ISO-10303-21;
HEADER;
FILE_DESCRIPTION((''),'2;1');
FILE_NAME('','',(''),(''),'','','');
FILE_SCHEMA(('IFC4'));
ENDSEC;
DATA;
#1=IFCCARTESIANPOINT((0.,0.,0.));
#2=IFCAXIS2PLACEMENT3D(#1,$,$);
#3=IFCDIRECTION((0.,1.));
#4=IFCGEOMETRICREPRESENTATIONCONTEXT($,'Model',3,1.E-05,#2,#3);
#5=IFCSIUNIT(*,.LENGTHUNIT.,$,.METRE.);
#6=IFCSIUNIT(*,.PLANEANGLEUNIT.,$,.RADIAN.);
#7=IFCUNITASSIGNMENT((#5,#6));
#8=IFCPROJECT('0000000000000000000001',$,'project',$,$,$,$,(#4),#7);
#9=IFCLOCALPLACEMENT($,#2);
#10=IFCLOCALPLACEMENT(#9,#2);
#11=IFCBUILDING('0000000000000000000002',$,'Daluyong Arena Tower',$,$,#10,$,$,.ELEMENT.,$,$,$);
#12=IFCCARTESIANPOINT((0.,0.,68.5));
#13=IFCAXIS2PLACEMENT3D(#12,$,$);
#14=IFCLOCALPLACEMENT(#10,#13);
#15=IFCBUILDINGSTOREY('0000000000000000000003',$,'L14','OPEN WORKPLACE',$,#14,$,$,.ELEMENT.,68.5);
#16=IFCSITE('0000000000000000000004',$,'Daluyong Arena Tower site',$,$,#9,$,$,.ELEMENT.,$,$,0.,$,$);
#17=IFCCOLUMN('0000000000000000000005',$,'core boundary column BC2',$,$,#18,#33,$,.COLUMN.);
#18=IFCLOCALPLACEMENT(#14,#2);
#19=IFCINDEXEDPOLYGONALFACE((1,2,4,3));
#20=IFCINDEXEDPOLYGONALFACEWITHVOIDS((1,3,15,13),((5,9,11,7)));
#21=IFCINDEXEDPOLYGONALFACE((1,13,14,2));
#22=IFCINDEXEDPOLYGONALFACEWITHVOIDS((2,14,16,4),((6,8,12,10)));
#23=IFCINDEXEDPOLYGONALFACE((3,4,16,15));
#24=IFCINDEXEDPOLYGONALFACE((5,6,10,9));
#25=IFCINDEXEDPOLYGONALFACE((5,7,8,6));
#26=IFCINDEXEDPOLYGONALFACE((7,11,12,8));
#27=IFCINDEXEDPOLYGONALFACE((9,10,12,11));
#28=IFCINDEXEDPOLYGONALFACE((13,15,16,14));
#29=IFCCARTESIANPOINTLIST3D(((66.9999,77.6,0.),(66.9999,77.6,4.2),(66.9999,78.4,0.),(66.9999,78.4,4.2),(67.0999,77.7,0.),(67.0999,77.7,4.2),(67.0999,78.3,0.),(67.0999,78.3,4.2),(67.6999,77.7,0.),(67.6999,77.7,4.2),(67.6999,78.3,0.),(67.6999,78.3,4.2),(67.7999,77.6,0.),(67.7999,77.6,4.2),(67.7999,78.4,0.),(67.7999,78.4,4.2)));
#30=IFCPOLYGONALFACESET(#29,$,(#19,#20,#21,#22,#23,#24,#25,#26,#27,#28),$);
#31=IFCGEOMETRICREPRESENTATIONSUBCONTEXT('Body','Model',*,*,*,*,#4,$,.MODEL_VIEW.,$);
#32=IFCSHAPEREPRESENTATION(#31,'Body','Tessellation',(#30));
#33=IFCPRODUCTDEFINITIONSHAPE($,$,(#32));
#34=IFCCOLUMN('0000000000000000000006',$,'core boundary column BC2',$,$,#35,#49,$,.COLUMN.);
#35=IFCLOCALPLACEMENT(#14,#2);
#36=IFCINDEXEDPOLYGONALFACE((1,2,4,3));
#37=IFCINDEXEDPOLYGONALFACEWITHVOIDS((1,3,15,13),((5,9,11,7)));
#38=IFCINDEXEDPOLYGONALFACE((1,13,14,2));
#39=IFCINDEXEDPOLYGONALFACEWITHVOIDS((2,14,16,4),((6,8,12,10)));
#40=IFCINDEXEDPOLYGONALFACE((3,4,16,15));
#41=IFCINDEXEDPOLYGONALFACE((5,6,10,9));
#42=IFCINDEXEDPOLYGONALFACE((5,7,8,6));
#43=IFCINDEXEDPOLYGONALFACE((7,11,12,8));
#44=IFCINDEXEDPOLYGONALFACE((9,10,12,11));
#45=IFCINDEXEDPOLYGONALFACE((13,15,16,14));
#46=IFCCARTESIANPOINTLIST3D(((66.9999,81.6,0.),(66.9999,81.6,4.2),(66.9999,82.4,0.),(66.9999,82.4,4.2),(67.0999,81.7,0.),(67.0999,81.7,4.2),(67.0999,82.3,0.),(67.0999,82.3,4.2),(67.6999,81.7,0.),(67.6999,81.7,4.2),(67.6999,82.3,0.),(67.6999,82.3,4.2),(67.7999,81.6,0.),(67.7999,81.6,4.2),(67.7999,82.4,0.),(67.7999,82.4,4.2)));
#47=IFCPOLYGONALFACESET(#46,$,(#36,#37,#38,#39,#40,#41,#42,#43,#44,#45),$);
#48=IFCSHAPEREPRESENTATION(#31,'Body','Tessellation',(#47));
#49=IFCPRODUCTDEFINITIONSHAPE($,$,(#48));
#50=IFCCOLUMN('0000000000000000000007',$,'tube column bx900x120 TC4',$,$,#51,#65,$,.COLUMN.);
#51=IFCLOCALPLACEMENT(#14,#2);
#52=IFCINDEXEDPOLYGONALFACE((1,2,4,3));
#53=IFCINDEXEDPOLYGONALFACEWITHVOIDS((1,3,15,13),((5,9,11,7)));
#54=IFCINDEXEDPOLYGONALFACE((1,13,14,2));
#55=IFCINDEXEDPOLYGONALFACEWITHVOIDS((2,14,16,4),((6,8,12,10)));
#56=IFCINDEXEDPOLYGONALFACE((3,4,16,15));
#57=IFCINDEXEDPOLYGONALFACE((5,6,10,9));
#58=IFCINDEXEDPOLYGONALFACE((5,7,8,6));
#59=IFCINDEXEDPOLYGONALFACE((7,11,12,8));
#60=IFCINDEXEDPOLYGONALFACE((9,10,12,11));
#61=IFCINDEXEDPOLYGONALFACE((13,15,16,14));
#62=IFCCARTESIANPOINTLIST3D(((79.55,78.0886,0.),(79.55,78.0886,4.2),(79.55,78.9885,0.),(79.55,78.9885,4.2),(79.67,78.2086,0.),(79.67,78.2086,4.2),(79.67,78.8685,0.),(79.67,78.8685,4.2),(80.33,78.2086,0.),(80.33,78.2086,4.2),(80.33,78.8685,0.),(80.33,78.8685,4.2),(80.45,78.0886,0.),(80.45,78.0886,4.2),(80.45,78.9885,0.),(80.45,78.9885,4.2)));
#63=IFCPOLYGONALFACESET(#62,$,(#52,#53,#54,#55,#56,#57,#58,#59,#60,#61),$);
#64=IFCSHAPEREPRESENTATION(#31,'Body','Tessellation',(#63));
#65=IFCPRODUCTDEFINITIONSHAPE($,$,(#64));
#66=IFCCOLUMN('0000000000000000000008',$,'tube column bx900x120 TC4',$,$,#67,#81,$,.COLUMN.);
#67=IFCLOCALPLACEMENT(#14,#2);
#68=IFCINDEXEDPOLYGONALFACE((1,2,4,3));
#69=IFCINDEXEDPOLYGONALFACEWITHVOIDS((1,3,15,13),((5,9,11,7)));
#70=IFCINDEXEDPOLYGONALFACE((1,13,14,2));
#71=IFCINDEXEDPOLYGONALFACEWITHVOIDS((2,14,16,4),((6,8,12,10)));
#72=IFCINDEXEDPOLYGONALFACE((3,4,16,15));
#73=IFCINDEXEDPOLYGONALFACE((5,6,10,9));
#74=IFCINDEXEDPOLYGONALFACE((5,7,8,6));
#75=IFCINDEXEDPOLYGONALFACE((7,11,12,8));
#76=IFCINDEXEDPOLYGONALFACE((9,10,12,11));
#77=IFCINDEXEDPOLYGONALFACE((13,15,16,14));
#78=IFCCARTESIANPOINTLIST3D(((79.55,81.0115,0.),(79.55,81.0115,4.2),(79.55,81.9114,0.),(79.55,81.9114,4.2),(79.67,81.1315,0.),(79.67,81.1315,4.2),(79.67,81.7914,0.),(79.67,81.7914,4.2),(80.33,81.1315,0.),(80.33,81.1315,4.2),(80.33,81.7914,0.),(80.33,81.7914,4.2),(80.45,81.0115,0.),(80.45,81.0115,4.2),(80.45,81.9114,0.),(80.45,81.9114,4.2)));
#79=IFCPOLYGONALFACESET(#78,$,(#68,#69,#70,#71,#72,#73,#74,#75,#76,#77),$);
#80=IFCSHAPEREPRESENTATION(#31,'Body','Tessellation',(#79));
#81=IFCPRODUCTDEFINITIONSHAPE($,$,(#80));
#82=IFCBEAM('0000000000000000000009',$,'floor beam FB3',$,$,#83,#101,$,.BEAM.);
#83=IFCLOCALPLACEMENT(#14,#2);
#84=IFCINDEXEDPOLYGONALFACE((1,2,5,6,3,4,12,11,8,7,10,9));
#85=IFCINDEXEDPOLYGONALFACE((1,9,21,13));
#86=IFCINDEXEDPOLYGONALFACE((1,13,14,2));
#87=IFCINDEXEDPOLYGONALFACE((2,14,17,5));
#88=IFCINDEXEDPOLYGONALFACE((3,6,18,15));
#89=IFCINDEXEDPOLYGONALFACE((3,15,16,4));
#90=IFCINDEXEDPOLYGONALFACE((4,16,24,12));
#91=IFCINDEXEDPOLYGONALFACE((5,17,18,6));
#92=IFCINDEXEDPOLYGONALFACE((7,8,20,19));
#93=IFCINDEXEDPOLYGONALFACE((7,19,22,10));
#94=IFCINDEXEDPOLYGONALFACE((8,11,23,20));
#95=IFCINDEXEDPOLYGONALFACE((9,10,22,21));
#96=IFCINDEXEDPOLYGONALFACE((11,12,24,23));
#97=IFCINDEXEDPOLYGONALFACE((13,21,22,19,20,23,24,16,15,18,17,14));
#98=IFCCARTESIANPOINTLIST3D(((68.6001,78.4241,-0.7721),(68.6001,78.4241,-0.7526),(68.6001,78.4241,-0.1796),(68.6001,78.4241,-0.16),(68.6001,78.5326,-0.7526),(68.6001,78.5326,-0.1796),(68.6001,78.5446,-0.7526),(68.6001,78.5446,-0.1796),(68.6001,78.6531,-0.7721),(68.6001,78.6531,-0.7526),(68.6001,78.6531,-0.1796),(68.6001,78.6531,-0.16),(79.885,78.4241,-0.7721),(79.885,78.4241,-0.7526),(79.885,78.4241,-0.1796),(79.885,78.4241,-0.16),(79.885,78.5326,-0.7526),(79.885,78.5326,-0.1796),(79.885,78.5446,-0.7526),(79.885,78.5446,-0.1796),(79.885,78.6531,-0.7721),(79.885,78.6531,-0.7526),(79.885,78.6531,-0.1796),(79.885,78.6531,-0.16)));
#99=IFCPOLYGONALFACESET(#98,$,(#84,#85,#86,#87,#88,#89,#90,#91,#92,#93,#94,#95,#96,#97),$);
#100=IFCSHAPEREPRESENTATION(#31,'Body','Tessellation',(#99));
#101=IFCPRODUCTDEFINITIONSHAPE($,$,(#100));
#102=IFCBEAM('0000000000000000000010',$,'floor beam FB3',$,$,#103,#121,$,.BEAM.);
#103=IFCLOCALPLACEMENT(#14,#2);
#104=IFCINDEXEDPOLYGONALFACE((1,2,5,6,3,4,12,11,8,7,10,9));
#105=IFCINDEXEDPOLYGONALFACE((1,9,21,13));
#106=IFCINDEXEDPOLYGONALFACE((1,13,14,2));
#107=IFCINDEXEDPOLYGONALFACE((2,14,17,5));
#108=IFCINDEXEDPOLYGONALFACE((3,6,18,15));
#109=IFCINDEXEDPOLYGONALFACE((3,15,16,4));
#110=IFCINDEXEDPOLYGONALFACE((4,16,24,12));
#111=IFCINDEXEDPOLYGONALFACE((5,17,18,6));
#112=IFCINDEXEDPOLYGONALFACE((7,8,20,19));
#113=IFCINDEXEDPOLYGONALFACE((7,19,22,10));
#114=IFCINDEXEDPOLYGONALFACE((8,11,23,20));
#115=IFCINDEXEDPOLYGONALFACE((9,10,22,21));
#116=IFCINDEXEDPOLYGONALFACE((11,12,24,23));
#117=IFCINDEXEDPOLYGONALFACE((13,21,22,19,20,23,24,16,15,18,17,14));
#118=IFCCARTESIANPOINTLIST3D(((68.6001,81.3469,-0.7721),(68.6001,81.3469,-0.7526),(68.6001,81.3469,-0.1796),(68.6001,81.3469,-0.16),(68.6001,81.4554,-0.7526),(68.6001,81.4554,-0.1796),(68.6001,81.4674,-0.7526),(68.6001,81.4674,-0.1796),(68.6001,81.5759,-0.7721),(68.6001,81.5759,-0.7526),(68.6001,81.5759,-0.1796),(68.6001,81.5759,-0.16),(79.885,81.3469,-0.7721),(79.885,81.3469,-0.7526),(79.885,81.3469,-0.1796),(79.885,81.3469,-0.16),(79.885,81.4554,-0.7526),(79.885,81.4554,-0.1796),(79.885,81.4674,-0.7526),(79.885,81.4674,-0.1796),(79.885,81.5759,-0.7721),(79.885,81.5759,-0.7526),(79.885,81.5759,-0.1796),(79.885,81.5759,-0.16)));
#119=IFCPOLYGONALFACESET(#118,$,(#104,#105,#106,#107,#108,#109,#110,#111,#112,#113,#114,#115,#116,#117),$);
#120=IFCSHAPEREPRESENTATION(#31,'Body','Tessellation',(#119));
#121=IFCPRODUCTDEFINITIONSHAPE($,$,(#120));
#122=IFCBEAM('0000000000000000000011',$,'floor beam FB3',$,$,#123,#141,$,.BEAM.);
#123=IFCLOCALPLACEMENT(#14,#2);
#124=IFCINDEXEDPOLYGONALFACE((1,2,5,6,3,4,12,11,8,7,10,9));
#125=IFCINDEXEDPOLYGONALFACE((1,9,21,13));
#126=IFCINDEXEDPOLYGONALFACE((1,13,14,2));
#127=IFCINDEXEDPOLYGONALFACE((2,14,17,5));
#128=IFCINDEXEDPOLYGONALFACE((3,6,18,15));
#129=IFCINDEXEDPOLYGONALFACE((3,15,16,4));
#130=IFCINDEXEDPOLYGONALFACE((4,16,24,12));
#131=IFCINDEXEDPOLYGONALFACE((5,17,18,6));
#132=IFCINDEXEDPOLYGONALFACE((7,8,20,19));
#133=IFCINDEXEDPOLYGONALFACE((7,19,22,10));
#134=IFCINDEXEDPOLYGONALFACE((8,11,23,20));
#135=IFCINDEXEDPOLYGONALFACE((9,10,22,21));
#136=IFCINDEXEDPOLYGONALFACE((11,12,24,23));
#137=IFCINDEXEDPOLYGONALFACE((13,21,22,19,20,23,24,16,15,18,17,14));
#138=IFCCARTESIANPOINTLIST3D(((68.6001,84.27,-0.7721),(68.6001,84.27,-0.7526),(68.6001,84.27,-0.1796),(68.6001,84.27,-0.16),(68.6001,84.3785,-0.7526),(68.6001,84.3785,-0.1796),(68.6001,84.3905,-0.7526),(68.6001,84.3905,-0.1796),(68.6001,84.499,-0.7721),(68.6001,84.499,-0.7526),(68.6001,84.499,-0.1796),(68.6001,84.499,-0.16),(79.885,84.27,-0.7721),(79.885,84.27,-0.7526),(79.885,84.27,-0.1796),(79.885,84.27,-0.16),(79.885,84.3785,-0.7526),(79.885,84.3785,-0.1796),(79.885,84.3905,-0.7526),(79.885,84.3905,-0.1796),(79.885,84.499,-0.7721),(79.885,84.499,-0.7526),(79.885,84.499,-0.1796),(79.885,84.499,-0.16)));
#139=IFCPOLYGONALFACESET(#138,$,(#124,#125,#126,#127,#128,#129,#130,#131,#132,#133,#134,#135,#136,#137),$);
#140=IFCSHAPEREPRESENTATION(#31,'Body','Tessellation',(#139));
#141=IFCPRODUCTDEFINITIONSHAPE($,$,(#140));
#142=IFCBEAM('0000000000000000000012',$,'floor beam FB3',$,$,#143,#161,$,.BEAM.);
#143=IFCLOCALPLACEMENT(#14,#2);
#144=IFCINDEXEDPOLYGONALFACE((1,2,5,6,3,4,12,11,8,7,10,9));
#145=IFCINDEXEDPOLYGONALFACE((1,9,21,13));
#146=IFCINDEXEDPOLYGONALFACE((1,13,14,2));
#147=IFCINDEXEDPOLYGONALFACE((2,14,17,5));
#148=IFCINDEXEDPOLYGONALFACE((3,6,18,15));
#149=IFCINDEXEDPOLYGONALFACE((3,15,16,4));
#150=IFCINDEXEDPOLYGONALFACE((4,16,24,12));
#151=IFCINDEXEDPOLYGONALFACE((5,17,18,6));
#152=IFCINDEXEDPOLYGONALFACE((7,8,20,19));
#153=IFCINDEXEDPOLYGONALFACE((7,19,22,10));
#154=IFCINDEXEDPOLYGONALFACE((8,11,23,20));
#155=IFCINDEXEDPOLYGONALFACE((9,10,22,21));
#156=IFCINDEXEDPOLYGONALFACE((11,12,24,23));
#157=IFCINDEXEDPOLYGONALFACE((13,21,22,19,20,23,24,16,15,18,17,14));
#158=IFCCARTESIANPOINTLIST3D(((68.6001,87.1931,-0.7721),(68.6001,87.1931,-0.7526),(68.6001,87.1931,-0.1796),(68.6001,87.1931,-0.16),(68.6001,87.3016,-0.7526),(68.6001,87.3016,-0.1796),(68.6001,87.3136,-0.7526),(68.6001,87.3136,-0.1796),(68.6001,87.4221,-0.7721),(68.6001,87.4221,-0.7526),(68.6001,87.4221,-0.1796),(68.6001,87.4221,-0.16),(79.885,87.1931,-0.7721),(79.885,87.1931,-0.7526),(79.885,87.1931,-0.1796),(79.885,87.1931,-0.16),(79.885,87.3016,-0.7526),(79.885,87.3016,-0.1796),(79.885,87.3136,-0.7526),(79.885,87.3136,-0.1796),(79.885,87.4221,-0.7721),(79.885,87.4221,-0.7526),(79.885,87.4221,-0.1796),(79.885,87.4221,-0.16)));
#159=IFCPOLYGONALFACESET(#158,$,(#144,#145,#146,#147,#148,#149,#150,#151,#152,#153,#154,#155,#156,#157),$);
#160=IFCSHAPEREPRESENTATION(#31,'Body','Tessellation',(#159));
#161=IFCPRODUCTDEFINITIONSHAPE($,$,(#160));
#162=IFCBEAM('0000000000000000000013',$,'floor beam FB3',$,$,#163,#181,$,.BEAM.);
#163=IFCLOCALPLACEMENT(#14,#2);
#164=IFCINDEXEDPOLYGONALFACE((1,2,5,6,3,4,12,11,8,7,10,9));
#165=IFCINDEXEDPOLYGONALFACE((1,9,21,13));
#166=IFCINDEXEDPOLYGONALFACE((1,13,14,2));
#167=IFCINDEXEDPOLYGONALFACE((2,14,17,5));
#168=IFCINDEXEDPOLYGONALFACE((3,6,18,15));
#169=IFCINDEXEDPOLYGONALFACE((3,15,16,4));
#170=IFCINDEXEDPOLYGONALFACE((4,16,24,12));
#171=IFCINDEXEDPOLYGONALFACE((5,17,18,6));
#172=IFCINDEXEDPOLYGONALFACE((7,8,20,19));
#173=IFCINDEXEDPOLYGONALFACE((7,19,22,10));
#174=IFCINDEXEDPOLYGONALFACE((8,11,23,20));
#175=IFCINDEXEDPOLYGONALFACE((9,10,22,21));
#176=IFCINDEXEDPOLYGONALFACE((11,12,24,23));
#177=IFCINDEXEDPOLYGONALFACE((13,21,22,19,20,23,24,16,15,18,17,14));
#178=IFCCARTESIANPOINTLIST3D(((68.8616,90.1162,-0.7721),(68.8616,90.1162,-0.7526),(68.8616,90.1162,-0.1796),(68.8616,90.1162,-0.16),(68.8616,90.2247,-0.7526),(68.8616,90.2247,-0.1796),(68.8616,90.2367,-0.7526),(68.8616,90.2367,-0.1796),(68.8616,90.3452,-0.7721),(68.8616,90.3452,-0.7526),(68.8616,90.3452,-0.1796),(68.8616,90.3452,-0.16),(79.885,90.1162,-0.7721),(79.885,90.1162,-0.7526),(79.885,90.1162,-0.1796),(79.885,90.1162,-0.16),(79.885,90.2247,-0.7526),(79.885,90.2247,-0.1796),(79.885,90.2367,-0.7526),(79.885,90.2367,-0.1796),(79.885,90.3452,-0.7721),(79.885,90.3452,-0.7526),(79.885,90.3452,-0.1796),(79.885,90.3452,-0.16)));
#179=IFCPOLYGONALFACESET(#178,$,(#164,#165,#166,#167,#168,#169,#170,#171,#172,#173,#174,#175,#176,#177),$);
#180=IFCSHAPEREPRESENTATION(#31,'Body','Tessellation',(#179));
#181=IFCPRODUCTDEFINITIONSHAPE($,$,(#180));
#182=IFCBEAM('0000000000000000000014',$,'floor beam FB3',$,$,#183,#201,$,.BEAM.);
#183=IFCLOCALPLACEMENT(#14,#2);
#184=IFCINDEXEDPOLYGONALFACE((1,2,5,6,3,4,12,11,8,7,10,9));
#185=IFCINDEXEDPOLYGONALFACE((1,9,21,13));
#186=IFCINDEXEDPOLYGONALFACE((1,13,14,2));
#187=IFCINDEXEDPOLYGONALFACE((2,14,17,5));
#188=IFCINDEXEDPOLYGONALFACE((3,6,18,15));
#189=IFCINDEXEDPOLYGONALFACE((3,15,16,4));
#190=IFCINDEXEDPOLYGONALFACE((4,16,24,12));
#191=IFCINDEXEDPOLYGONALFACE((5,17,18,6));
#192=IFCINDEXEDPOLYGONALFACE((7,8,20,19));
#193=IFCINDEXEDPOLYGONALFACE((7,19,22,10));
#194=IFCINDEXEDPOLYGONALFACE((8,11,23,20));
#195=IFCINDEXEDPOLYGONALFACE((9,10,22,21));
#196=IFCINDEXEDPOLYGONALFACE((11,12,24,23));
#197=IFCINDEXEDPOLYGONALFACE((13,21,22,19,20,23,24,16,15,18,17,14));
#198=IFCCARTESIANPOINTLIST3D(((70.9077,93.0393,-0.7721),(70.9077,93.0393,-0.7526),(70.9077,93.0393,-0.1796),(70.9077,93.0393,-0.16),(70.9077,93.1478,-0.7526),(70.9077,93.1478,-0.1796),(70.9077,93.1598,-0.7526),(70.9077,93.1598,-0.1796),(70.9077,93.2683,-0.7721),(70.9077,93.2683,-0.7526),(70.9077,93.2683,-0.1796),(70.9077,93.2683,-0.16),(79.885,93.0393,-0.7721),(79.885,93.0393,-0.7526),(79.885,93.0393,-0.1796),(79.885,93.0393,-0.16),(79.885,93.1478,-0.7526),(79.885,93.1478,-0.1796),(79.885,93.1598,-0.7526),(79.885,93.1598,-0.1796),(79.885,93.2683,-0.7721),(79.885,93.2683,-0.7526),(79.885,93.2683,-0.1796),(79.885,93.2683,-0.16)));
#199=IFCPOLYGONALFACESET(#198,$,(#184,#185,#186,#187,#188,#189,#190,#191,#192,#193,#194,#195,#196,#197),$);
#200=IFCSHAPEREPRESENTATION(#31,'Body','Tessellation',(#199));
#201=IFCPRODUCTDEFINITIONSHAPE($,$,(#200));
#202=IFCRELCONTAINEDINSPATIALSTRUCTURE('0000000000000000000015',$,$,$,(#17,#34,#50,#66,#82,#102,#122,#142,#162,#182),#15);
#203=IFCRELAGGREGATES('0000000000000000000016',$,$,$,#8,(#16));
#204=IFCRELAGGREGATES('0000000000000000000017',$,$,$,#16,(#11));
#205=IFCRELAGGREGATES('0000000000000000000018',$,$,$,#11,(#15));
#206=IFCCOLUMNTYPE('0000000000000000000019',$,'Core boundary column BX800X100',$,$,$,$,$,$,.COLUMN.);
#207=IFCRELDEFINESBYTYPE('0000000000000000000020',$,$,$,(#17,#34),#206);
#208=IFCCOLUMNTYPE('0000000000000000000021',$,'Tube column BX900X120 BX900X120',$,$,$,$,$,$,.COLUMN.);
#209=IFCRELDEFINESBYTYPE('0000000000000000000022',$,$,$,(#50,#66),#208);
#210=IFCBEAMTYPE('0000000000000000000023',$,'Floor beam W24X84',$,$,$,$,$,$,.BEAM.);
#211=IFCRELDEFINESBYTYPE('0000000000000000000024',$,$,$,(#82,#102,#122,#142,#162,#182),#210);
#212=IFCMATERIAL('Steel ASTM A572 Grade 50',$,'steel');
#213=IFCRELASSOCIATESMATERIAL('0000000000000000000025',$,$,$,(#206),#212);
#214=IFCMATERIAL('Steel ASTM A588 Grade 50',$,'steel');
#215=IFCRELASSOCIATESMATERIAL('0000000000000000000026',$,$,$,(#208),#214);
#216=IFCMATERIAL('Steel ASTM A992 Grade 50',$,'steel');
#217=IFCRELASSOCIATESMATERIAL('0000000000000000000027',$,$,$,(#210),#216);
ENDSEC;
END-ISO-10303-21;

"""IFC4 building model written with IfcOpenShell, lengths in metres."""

from ifc_helpers import new_model, si_unit, direction, frame, origin, origin_2d, place, context, subcontext, project, spatial, hollow_rectangle, i_section, extrude, material, material_profile, profile_set, type_object, element, save


model = new_model("IFC4")

# Units and contexts
model_context = context("Model", 3, precision=1e-05, world=origin(), true_north=direction((0.0, 1.0)))
body_context = subcontext(model_context, "Body", "Model", "MODEL_VIEW")
ifc_project = project(units=[si_unit("LENGTHUNIT", "METRE"), si_unit("PLANEANGLEUNIT", "RADIAN")], contexts=[model_context])

# Site, building, storey
site_placement = place(None, origin())
site = spatial("IfcSite", under=ifc_project, at=site_placement, Name="Daluyong Arena Tower site", CompositionType="ELEMENT", RefElevation=0.0)
building_placement = place(site_placement, origin())
building = spatial("IfcBuilding", under=site, at=building_placement, Name="Daluyong Arena Tower", CompositionType="ELEMENT")
storey_placement = place(building_placement, frame((0.0, 0.0, 68.5)))
storey = spatial("IfcBuildingStorey", under=building, at=storey_placement, Name="L14", Description="OPEN WORKPLACE", CompositionType="ELEMENT", Elevation=68.5)

# Columns
ifc_material_1 = material(Name="Steel ASTM A572 Grade 50", Category="steel")
ifc_material_profile_1 = material_profile(ifc_material_1, hollow_rectangle(XDim=0.8, YDim=0.8, WallThickness=0.1, at=origin_2d()))
ifc_profile_set_1 = profile_set([ifc_material_profile_1], Name="Steel ASTM A572 Grade 50")
column_type_1 = type_object("IfcColumnType", Name="Core boundary column BX800X100", PredefinedType="COLUMN", material=ifc_profile_set_1)
for number, where, z_axis, x_axis, name in (
    (1, (67.3999, 78.0, 0.0), (0.0, 0.0, 1.0), (1.0, 0.0, 0.0), "core boundary column BC2"),
    (2, (67.3999, 82.0, 0.0), (0.0, 0.0, 1.0), (1.0, 0.0, 0.0), "core boundary column BC2"),
):
    element("IfcColumn", number, at=place(storey_placement, frame(where, z_axis=z_axis, x_axis=x_axis)), inside=storey, type_object=column_type_1, Name=name, PredefinedType="COLUMN", context=body_context, shape_type="SweptSolid", body=[
        extrude(hollow_rectangle(XDim=0.8, YDim=0.8, WallThickness=0.1, at=origin_2d()), origin(), (0.0, 0.0, 1.0), 4.2),
    ])
ifc_material_2 = material(Name="Steel ASTM A588 Grade 50", Category="steel")
ifc_material_profile_2 = material_profile(ifc_material_2, hollow_rectangle(XDim=0.8999, YDim=0.8999, WallThickness=0.12, at=origin_2d()))
ifc_profile_set_2 = profile_set([ifc_material_profile_2], Name="Steel ASTM A588 Grade 50")
column_type_2 = type_object("IfcColumnType", Name="Tube column BX900X120 BX900X120", PredefinedType="COLUMN", material=ifc_profile_set_2)
for number, where, z_axis, x_axis, name in (
    (3, (80.0, 78.5386, 0.0), (0.0, 0.0, 1.0), (0.0, 1.0, 0.0), "tube column bx900x120 TC4"),
    (4, (80.0, 81.4614, 0.0), (0.0, 0.0, 1.0), (0.0, 1.0, 0.0), "tube column bx900x120 TC4"),
):
    element("IfcColumn", number, at=place(storey_placement, frame(where, z_axis=z_axis, x_axis=x_axis)), inside=storey, type_object=column_type_2, Name=name, PredefinedType="COLUMN", context=body_context, shape_type="SweptSolid", body=[
        extrude(hollow_rectangle(XDim=0.8999, YDim=0.8999, WallThickness=0.12, at=origin_2d()), origin(), (0.0, 0.0, 1.0), 4.2),
    ])

# Beams
ifc_material_3 = material(Name="Steel ASTM A992 Grade 50", Category="steel")
ifc_material_profile_3 = material_profile(ifc_material_3, i_section(OverallWidth=0.229, OverallDepth=0.6121, WebThickness=0.012, FlangeThickness=0.0195, at=origin_2d()))
ifc_profile_set_3 = profile_set([ifc_material_profile_3], Name="Steel ASTM A992 Grade 50")
beam_type_1 = type_object("IfcBeamType", Name="Floor beam W24X84", PredefinedType="BEAM", material=ifc_profile_set_3)
for number, where, z_axis, x_axis, name in (
    (5, (79.885, 78.5386, -0.4661), (-1.0, 0.0, 0.0), (0.0, -1.0, 0.0), "floor beam FB3"),
    (6, (79.885, 81.4614, -0.4661), (-1.0, 0.0, 0.0), (0.0, -1.0, 0.0), "floor beam FB3"),
    (7, (79.885, 84.3845, -0.4661), (-1.0, 0.0, 0.0), (0.0, -1.0, 0.0), "floor beam FB3"),
    (8, (79.885, 87.3076, -0.4661), (-1.0, 0.0, 0.0), (0.0, -1.0, 0.0), "floor beam FB3"),
):
    element("IfcBeam", number, at=place(storey_placement, frame(where, z_axis=z_axis, x_axis=x_axis)), inside=storey, type_object=beam_type_1, Name=name, PredefinedType="BEAM", context=body_context, shape_type="SweptSolid", body=[
        extrude(i_section(OverallWidth=0.229, OverallDepth=0.6121, WebThickness=0.012, FlangeThickness=0.0195, at=origin_2d()), origin(), (0.0, 0.0, 1.0), 11.2849),
    ])
beam_1_placement = place(storey_placement, frame((79.885, 90.2307, -0.4661), z_axis=(-1.0, 0.0, 0.0), x_axis=(0.0, -1.0, 0.0)))
element("IfcBeam", 9, at=beam_1_placement, inside=storey, type_object=beam_type_1, Name="floor beam FB3", PredefinedType="BEAM", context=body_context, shape_type="SweptSolid", body=[
    extrude(i_section(OverallWidth=0.229, OverallDepth=0.6121, WebThickness=0.012, FlangeThickness=0.0195, at=origin_2d()), origin(), (0.0, 0.0, 1.0), 11.0234),
])
beam_2_placement = place(storey_placement, frame((79.885, 93.1538, -0.4661), z_axis=(-1.0, 0.0, 0.0), x_axis=(0.0, -1.0, 0.0)))
element("IfcBeam", 10, at=beam_2_placement, inside=storey, type_object=beam_type_1, Name="floor beam FB3", PredefinedType="BEAM", context=body_context, shape_type="SweptSolid", body=[
    extrude(i_section(OverallWidth=0.229, OverallDepth=0.6121, WebThickness=0.012, FlangeThickness=0.0195, at=origin_2d()), origin(), (0.0, 0.0, 1.0), 8.9773),
])

save(model, "model.ifc")
